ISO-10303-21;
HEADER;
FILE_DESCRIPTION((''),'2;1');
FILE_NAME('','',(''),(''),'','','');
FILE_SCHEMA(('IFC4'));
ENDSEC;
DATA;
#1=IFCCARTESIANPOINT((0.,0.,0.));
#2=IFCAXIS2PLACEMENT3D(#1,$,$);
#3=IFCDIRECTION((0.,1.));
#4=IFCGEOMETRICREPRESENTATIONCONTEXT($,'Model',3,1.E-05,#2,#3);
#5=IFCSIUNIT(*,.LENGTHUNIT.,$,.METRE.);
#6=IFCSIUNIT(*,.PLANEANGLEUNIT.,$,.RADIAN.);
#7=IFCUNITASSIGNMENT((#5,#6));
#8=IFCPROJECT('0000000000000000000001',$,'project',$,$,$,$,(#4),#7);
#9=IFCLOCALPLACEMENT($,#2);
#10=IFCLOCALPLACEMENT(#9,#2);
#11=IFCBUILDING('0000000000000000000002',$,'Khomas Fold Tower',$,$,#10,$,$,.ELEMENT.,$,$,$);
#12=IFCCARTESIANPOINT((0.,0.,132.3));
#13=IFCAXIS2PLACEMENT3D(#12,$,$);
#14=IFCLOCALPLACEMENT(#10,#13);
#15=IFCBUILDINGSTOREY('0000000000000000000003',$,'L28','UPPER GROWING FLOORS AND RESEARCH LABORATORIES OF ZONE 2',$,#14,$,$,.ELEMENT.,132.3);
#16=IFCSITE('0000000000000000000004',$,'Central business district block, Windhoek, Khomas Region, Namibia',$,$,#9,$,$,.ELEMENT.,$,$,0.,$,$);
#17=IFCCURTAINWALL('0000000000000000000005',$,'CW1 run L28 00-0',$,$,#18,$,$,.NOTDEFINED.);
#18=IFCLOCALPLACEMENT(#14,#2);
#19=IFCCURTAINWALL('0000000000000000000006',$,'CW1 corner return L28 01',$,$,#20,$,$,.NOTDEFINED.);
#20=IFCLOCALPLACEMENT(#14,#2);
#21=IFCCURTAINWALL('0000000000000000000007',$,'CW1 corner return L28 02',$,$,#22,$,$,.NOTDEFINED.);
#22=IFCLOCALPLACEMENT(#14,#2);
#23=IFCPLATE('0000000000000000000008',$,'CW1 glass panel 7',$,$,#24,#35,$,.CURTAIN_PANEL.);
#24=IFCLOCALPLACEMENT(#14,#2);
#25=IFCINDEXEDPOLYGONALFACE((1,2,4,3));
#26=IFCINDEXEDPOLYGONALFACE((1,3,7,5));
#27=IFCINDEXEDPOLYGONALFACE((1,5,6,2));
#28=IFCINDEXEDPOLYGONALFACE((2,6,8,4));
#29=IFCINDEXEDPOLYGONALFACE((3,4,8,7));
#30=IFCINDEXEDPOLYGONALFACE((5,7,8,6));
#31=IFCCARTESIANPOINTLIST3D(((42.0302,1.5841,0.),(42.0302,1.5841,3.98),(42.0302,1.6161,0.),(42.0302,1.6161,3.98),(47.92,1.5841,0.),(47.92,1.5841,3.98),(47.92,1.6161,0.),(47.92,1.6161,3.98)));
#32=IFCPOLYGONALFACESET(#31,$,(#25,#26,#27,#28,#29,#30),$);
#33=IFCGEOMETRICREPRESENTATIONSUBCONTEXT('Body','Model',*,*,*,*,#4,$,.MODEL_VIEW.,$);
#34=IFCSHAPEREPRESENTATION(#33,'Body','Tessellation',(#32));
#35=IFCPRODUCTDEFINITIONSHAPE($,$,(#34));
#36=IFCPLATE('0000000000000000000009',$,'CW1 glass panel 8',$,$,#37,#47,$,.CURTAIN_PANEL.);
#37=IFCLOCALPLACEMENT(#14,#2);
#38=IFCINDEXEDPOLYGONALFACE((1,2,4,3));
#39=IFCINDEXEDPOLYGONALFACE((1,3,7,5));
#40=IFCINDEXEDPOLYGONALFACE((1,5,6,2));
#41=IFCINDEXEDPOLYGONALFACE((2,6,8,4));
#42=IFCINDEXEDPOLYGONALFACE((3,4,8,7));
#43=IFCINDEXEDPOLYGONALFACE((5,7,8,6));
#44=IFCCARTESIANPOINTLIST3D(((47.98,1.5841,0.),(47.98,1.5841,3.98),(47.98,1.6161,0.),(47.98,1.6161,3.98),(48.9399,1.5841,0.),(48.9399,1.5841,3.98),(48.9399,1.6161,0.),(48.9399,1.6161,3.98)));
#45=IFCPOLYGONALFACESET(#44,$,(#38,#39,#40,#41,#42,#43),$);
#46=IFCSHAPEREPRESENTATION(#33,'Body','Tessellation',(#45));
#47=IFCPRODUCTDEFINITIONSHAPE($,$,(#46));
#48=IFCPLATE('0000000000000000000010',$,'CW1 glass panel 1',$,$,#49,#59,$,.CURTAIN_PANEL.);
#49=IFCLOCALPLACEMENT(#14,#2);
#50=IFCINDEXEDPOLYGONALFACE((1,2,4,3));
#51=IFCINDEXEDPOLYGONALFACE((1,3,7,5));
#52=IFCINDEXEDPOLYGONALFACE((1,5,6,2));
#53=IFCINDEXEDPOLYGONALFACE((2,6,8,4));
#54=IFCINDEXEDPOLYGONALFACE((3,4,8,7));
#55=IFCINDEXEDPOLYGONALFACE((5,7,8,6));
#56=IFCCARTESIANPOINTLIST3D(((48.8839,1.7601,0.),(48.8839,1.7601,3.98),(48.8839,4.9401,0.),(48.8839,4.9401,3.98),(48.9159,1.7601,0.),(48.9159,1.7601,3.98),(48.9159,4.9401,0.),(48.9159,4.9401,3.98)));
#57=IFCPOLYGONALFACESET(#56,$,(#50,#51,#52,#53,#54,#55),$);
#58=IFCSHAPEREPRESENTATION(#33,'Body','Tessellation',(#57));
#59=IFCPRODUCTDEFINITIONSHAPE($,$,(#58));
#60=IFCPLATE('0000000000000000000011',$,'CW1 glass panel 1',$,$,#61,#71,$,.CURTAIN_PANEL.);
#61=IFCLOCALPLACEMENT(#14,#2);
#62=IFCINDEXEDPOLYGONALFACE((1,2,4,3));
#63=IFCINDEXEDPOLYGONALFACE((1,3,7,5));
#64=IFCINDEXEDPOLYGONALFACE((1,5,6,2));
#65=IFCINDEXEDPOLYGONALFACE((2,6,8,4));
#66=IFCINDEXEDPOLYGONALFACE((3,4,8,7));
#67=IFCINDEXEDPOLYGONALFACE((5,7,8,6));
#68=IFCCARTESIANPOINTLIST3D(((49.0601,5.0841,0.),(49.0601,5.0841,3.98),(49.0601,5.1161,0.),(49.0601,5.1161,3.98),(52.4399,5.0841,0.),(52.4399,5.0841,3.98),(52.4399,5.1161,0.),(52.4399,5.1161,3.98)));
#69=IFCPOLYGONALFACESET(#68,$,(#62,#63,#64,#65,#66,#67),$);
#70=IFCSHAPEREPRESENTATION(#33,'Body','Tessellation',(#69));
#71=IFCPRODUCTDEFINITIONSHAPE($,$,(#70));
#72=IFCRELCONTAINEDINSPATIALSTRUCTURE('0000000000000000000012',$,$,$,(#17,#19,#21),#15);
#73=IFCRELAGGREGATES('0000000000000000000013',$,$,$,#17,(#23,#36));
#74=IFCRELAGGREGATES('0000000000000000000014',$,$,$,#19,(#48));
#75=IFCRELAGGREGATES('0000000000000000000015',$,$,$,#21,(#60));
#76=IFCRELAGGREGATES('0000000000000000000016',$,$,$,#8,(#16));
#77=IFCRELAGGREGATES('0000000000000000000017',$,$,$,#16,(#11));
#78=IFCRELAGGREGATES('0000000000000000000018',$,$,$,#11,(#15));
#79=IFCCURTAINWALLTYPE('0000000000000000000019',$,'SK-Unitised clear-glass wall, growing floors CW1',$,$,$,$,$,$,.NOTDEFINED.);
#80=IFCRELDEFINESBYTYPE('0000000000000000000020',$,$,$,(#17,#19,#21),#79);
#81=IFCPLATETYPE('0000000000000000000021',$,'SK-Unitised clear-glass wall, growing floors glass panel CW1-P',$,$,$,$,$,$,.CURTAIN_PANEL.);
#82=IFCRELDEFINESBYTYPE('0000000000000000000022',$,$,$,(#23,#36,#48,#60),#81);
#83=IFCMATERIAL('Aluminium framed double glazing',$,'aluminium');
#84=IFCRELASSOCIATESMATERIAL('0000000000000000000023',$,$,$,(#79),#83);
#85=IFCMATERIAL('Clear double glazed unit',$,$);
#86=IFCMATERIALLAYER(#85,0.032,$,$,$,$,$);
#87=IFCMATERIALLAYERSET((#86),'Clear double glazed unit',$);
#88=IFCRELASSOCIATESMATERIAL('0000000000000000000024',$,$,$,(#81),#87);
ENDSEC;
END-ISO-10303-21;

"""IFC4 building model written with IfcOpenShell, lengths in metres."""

from ifc_helpers import new_model, si_unit, direction, frame, origin, origin_2d, place, context, subcontext, project, spatial, rectangle, extrude, source, transform, mapped, material, layer, layer_set, type_object, element, aggregate, save


model = new_model("IFC4")

# Units and contexts
model_context = context("Model", 3, precision=1e-05, world=origin(), true_north=direction((0.0, 1.0)))
body_context = subcontext(model_context, "Body", "Model", "MODEL_VIEW")
ifc_project = project(units=[si_unit("LENGTHUNIT", "METRE"), si_unit("PLANEANGLEUNIT", "RADIAN")], contexts=[model_context])

# Site, building, storey
site_placement = place(None, origin())
site = spatial("IfcSite", under=ifc_project, at=site_placement, Name="Central business district block, Windhoek, Khomas Region, Namibia", CompositionType="ELEMENT", RefElevation=0.0)
building_placement = place(site_placement, origin())
building = spatial("IfcBuilding", under=site, at=building_placement, Name="Khomas Fold Tower", CompositionType="ELEMENT")
storey_placement = place(building_placement, frame((0.0, 0.0, 132.3)))
storey = spatial("IfcBuildingStorey", under=building, at=storey_placement, Name="L28", Description="UPPER GROWING FLOORS AND RESEARCH LABORATORIES OF ZONE 2", CompositionType="ELEMENT", Elevation=132.3)

# Shared definitions
ifc_material_1 = material(Name="Aluminium framed double glazing", Category="aluminium")
curtain_wall_type = type_object("IfcCurtainWallType", Name="SK-Unitised clear-glass wall, growing floors CW1", PredefinedType="NOTDEFINED", material=ifc_material_1)

# Curtain walls
curtain_wall_1_placement = place(storey_placement, origin())
curtain_wall_1 = element("IfcCurtainWall", 1, at=curtain_wall_1_placement, inside=storey, type_object=curtain_wall_type, Name="CW1 run L28 00-0", PredefinedType="NOTDEFINED")
curtain_wall_2_placement = place(storey_placement, origin())
curtain_wall_2 = element("IfcCurtainWall", 2, at=curtain_wall_2_placement, inside=storey, type_object=curtain_wall_type, Name="CW1 corner return L28 01", PredefinedType="NOTDEFINED")
curtain_wall_3_placement = place(storey_placement, origin())
curtain_wall_3 = element("IfcCurtainWall", 3, at=curtain_wall_3_placement, inside=storey, type_object=curtain_wall_type, Name="CW1 corner return L28 02", PredefinedType="NOTDEFINED")

# Plates
ifc_material_2 = material(Name="Clear double glazed unit")
ifc_layer = layer(ifc_material_2, 0.032)
ifc_layer_set = layer_set([ifc_layer], Name="Clear double glazed unit")
plate_type = type_object("IfcPlateType", Name="SK-Unitised clear-glass wall, growing floors glass panel CW1-P", PredefinedType="CURTAIN_PANEL", material=ifc_layer_set)
shared_shape_1 = source(origin(), body_context, "Body", "SweptSolid", [
    extrude(rectangle(XDim=5.8899, YDim=0.032, at=origin_2d()), origin(), (0.0, 0.0, 1.0), 3.98),
])
plate_1_placement = place(storey_placement, frame((44.9751, 1.6001, 0.0), z_axis=(0.0, 0.0, 1.0), x_axis=(1.0, 0.0, 0.0)))
plate_1 = element("IfcPlate", 4, at=plate_1_placement, type_object=plate_type, Name="CW1 glass panel 7", PredefinedType="CURTAIN_PANEL", context=body_context, shape_type="MappedRepresentation", body=[
    mapped(shared_shape_1, transform((0.0, 0.0, 0.0))),
])
shared_shape_2 = source(origin(), body_context, "Body", "SweptSolid", [
    extrude(rectangle(XDim=0.96, YDim=0.032, at=origin_2d()), origin(), (0.0, 0.0, 1.0), 3.98),
])
plate_2_placement = place(storey_placement, frame((48.46, 1.6001, 0.0), z_axis=(0.0, 0.0, 1.0), x_axis=(1.0, 0.0, 0.0)))
plate_2 = element("IfcPlate", 5, at=plate_2_placement, type_object=plate_type, Name="CW1 glass panel 8", PredefinedType="CURTAIN_PANEL", context=body_context, shape_type="MappedRepresentation", body=[
    mapped(shared_shape_2, transform((0.0, 0.0, 0.0))),
])
aggregate(curtain_wall_1, [plate_1, plate_2])
shared_shape_3 = source(origin(), body_context, "Body", "SweptSolid", [
    extrude(rectangle(XDim=3.1799, YDim=0.032, at=origin_2d()), origin(), (0.0, 0.0, 1.0), 3.98),
])
plate_3_placement = place(storey_placement, frame((48.8999, 3.3501, 0.0), z_axis=(0.0, 0.0, 1.0), x_axis=(0.0, 1.0, 0.0)))
plate_3 = element("IfcPlate", 6, at=plate_3_placement, type_object=plate_type, Name="CW1 glass panel 1", PredefinedType="CURTAIN_PANEL", context=body_context, shape_type="MappedRepresentation", body=[
    mapped(shared_shape_3, transform((0.0, 0.0, 0.0))),
])
aggregate(curtain_wall_2, [plate_3])
shared_shape_4 = source(origin(), body_context, "Body", "SweptSolid", [
    extrude(rectangle(XDim=3.3799, YDim=0.032, at=origin_2d()), origin(), (0.0, 0.0, 1.0), 3.98),
])
plate_4_placement = place(storey_placement, frame((50.75, 5.1001, 0.0), z_axis=(0.0, 0.0, 1.0), x_axis=(1.0, 0.0, 0.0)))
plate_4 = element("IfcPlate", 7, at=plate_4_placement, type_object=plate_type, Name="CW1 glass panel 1", PredefinedType="CURTAIN_PANEL", context=body_context, shape_type="MappedRepresentation", body=[
    mapped(shared_shape_4, transform((0.0, 0.0, 0.0))),
])
aggregate(curtain_wall_3, [plate_4])

save(model, "model.ifc")
